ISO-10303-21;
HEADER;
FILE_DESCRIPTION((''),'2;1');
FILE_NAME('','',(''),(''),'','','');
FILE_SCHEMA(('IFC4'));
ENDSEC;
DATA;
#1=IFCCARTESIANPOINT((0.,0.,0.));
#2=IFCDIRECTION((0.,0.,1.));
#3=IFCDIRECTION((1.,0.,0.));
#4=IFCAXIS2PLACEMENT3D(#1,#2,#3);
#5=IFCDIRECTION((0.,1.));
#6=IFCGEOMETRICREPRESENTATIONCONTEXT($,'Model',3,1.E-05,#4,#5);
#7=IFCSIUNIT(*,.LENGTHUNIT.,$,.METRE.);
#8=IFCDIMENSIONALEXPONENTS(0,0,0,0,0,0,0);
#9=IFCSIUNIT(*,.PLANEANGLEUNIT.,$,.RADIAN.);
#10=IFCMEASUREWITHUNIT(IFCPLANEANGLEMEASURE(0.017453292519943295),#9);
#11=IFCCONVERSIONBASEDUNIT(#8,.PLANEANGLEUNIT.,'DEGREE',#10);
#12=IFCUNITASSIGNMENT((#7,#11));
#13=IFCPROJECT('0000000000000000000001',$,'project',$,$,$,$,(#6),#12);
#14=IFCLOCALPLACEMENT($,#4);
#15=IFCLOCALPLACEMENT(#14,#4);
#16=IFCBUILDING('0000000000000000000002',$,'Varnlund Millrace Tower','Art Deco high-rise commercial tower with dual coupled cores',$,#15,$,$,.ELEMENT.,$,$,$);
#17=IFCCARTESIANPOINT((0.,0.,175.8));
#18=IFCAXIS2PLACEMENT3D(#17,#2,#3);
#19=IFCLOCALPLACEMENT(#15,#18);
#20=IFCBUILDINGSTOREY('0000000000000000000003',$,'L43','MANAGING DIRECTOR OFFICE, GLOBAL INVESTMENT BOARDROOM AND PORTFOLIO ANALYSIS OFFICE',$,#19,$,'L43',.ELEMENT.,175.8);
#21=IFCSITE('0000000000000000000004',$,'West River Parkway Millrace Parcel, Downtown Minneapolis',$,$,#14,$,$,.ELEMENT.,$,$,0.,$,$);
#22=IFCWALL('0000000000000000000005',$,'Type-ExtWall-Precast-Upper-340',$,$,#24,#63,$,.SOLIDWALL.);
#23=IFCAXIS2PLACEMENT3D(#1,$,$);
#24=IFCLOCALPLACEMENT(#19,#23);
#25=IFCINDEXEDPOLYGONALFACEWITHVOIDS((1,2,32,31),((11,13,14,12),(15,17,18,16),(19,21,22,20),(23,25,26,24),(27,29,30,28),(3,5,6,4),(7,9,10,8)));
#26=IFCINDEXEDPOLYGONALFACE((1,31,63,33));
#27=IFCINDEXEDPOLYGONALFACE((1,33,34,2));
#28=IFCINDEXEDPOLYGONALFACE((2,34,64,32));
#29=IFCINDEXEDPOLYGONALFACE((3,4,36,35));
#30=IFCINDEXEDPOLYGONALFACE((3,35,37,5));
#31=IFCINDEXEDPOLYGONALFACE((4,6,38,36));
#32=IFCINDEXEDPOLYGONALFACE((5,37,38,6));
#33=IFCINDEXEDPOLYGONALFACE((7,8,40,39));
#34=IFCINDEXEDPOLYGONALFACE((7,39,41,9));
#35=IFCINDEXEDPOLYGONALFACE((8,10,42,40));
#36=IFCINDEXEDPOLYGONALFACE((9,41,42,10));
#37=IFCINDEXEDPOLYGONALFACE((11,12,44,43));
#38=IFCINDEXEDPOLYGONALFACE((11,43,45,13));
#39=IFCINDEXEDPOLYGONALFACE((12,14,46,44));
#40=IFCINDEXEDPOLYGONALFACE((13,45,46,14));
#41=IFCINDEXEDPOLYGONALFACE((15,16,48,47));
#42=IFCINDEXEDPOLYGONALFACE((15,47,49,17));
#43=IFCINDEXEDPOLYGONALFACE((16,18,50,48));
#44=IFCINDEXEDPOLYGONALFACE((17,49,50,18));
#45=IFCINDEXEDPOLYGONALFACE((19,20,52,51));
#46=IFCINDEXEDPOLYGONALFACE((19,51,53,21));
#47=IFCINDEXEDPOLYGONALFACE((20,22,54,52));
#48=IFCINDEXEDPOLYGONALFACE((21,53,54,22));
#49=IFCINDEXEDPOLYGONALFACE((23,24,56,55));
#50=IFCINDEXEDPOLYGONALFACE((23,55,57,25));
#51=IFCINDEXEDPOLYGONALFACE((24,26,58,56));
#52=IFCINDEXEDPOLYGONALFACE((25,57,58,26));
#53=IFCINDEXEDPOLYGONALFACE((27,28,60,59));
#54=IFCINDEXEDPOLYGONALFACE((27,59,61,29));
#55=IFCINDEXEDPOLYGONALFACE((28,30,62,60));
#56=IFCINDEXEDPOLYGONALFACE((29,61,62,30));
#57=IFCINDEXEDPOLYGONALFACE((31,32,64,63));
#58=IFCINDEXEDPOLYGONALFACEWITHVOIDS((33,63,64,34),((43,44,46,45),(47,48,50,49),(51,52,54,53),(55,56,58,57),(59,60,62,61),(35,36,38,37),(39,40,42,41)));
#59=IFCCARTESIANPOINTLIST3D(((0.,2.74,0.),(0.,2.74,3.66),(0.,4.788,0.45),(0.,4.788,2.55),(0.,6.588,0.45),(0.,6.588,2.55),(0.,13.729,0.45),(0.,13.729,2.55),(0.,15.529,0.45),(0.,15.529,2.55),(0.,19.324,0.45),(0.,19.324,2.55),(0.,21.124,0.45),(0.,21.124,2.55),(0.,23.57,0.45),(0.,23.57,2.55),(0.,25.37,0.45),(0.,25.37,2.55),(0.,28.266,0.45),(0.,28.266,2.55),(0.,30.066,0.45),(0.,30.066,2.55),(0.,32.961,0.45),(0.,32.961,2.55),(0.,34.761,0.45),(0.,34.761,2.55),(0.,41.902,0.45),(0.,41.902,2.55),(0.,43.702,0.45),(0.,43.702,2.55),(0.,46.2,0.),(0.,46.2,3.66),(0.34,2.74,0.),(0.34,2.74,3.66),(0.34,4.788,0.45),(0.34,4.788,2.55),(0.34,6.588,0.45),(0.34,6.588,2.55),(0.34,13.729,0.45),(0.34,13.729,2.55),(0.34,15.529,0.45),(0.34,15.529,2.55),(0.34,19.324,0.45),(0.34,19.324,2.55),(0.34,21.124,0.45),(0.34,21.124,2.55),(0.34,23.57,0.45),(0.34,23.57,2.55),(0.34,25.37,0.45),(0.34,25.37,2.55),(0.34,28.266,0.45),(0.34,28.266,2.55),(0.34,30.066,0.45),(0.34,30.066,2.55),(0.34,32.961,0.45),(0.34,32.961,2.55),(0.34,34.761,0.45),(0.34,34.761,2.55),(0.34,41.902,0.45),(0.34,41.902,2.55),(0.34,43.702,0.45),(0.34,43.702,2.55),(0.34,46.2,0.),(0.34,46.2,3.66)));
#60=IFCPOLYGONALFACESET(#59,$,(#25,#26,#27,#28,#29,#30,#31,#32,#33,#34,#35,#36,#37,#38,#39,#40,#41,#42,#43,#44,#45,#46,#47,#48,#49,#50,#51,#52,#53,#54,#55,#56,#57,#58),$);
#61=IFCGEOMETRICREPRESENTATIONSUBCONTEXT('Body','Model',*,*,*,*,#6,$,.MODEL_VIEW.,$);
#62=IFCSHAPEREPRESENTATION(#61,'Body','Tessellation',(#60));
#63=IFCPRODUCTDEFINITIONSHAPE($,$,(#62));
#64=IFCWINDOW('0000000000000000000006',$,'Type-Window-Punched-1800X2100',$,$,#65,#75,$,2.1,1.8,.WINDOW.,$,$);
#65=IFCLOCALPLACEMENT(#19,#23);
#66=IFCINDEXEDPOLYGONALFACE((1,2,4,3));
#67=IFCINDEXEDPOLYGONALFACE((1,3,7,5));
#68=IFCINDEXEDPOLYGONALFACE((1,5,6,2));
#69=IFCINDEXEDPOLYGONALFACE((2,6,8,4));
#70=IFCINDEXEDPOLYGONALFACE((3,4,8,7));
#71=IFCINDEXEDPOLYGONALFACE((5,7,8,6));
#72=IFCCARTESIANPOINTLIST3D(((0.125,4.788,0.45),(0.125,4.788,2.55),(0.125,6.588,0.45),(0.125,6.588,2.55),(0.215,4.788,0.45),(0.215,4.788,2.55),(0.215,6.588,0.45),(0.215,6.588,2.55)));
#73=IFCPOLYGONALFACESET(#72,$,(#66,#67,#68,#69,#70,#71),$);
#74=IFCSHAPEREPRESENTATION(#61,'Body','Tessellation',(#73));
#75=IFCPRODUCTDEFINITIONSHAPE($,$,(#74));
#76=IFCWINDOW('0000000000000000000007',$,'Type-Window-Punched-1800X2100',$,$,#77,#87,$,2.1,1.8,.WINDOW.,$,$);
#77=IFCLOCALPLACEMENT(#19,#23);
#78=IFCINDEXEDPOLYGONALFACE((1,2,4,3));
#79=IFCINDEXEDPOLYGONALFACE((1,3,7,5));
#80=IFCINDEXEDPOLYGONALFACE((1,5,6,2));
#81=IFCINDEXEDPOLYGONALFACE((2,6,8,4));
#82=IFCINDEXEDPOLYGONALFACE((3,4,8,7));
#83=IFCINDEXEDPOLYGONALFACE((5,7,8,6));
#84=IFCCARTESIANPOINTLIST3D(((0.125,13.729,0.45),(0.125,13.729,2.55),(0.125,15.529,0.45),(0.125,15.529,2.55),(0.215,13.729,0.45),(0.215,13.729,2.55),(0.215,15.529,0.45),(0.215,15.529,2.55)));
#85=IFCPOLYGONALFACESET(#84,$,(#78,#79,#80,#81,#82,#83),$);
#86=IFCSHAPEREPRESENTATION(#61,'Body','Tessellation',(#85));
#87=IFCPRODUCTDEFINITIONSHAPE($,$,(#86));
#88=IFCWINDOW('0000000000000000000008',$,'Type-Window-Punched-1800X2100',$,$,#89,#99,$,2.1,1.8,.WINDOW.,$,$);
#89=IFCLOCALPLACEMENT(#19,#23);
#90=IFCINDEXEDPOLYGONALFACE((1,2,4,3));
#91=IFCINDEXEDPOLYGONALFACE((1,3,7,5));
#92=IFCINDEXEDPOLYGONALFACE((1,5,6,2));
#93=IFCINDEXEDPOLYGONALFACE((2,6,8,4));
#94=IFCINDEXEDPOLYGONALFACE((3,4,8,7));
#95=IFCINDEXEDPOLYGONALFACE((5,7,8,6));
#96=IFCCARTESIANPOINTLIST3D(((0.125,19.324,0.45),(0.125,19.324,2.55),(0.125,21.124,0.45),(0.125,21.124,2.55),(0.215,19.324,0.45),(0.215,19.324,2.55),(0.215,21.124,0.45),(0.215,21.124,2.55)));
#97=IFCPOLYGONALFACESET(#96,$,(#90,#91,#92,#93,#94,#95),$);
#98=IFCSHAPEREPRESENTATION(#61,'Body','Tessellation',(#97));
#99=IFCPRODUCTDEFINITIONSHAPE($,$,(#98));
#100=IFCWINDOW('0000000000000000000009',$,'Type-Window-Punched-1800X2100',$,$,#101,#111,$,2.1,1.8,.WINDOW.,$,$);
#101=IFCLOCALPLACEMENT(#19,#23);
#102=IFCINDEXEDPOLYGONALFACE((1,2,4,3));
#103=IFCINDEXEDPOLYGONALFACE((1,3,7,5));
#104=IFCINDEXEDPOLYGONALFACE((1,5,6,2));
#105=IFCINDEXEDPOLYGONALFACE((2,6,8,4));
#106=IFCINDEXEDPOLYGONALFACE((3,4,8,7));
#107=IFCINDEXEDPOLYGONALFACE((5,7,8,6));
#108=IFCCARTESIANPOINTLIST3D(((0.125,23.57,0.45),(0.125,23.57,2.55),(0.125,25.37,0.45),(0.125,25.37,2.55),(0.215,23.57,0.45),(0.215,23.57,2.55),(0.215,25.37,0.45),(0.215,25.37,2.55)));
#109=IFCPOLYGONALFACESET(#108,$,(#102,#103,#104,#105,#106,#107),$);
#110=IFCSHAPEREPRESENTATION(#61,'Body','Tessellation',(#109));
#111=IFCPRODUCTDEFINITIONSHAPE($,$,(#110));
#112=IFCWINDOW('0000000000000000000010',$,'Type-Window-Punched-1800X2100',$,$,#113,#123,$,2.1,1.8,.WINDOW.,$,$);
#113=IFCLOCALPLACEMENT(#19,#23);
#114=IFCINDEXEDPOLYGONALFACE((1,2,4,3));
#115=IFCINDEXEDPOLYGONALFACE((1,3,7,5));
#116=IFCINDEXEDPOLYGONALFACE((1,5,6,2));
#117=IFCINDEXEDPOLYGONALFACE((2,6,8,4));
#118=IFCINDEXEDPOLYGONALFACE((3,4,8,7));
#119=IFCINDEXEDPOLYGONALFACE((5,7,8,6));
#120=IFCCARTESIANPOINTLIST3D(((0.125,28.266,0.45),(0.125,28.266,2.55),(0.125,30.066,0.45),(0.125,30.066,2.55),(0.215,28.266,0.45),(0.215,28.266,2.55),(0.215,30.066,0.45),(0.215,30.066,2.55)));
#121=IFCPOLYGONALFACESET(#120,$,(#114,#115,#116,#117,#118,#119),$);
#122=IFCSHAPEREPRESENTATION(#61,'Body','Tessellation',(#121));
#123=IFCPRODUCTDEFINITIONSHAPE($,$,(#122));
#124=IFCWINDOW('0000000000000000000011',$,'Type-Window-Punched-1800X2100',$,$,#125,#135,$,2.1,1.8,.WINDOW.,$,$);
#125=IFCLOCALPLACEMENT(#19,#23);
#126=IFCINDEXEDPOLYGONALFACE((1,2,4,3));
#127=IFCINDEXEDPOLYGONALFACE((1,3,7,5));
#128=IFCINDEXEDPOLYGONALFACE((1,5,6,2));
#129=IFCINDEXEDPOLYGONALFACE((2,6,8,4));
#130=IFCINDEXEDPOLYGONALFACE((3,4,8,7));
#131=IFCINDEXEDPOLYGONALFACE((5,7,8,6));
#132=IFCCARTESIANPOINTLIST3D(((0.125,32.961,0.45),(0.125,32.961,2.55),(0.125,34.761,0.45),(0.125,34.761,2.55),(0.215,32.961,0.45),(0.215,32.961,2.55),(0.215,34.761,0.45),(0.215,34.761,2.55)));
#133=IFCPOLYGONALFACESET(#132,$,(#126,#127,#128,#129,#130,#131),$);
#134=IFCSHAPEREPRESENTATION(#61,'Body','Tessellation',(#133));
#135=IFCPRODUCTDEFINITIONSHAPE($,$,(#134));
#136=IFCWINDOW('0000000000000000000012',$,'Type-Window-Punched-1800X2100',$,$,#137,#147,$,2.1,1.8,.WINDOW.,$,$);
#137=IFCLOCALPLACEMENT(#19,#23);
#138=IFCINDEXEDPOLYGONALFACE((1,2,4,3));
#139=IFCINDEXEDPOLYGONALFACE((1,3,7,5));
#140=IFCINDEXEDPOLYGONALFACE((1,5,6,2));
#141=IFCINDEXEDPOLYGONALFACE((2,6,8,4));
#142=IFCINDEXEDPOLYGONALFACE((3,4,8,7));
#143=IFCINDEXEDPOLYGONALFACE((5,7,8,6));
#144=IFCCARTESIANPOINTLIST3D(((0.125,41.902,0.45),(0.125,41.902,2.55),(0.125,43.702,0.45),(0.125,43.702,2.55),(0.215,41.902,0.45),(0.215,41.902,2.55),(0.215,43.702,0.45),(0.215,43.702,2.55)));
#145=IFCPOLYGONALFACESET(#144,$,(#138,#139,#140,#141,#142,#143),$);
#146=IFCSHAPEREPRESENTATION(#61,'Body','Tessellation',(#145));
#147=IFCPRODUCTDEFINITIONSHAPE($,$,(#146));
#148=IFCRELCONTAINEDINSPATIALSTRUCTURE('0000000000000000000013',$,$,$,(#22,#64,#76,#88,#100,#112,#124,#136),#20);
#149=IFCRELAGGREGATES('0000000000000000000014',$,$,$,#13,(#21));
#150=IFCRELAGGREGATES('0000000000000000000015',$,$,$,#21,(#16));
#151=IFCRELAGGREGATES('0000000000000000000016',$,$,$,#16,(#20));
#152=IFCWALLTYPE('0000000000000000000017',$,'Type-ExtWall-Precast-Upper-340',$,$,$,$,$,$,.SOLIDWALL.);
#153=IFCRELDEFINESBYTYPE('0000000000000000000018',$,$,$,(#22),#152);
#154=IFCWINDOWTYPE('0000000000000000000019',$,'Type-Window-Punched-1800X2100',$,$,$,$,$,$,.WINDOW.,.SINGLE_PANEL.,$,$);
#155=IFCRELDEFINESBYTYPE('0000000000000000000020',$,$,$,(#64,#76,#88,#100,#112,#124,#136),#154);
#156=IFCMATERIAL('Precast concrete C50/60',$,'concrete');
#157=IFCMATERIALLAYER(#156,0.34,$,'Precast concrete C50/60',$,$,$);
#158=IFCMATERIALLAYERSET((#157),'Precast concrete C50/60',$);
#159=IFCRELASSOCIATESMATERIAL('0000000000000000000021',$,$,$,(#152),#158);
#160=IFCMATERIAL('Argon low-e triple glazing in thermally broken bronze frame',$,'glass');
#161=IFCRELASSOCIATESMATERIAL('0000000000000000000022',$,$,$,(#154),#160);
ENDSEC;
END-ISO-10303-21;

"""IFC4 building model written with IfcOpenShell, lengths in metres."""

from ifc_helpers import new_model, entity, si_unit, converted_unit, direction, frame, origin_with_axes, origin_2d_with_axis, place, context, subcontext, project, spatial, polyline, rectangle, outline, extrude, material, layer, layer_set, type_object, element, fill, save


model = new_model("IFC4")

# Units and contexts
model_context = context("Model", 3, precision=1e-05, world=origin_with_axes(), true_north=direction((0.0, 1.0)))
body_context = subcontext(model_context, "Body", "Model", "MODEL_VIEW")
ifc_project = project(units=[si_unit("LENGTHUNIT", "METRE"), converted_unit("PLANEANGLEUNIT", "DEGREE", entity("IfcPlaneAngleMeasure", 0.017453292519943295), si_unit("PLANEANGLEUNIT", "RADIAN"), dimensions=[0, 0, 0, 0, 0, 0, 0])], contexts=[model_context])

# Site, building, storey
site_placement = place(None, origin_with_axes())
site = spatial("IfcSite", under=ifc_project, at=site_placement, Name="West River Parkway Millrace Parcel, Downtown Minneapolis", CompositionType="ELEMENT", RefElevation=0.0)
building_placement = place(site_placement, origin_with_axes())
building = spatial("IfcBuilding", under=site, at=building_placement, Name="Varnlund Millrace Tower", Description="Art Deco high-rise commercial tower with dual coupled cores", CompositionType="ELEMENT")
storey_placement = place(building_placement, frame((0.0, 0.0, 175.8), z_axis=(0.0, 0.0, 1.0), x_axis=(1.0, 0.0, 0.0)))
storey = spatial("IfcBuildingStorey", under=building, at=storey_placement, Name="L43", Description="MANAGING DIRECTOR OFFICE, GLOBAL INVESTMENT BOARDROOM AND PORTFOLIO ANALYSIS OFFICE", LongName="L43", CompositionType="ELEMENT", Elevation=175.8)

# Shared definitions
ifc_material_1 = material(Name="Precast concrete C50/60", Category="concrete")
ifc_layer_1 = layer(ifc_material_1, 0.34, Name="Precast concrete C50/60")
ifc_layer_set_1 = layer_set([ifc_layer_1], Name="Precast concrete C50/60")
wall_type = type_object("IfcWallType", Name="Type-ExtWall-Precast-Upper-340", PredefinedType="SOLIDWALL", material=ifc_layer_set_1)

# Wall, openings, windows
wall_1_placement = place(storey_placement, frame((0.17, 2.74, 0.0), z_axis=(0.0, 0.0, 1.0), x_axis=(0.0, 1.0, 0.0)))
wall_1 = element("IfcWall", 1, at=wall_1_placement, inside=storey, type_object=wall_type, Name="Type-ExtWall-Precast-Upper-340", PredefinedType="SOLIDWALL", context=body_context, shape_type="SweptSolid", body=[
    extrude(outline(polyline([(0.0, -0.17), (43.46, -0.17), (43.46, 0.17), (0.0, 0.17), (0.0, -0.17)])), origin_with_axes(), (0.0, 0.0, 1.0), 3.66),
])
opening_1_placement = place(wall_1_placement, frame((2.948, 0.0, 0.45), z_axis=(0.0, 0.0, 1.0), x_axis=(1.0, 0.0, 0.0)))
opening_1 = element("IfcOpeningElement", 2, at=opening_1_placement, cuts=wall_1, PredefinedType="OPENING", context=body_context, shape_type="SweptSolid", body=[
    extrude(rectangle(XDim=1.8, YDim=0.36, at=origin_2d_with_axis()), origin_with_axes(), (0.0, 0.0, 1.0), 2.1),
])
opening_2_placement = place(wall_1_placement, frame((11.889, 0.0, 0.45), z_axis=(0.0, 0.0, 1.0), x_axis=(1.0, 0.0, 0.0)))
opening_2 = element("IfcOpeningElement", 3, at=opening_2_placement, cuts=wall_1, PredefinedType="OPENING", context=body_context, shape_type="SweptSolid", body=[
    extrude(rectangle(XDim=1.8, YDim=0.36, at=origin_2d_with_axis()), origin_with_axes(), (0.0, 0.0, 1.0), 2.1),
])
opening_3_placement = place(wall_1_placement, frame((17.484, 0.0, 0.45), z_axis=(0.0, 0.0, 1.0), x_axis=(1.0, 0.0, 0.0)))
opening_3 = element("IfcOpeningElement", 4, at=opening_3_placement, cuts=wall_1, PredefinedType="OPENING", context=body_context, shape_type="SweptSolid", body=[
    extrude(rectangle(XDim=1.8, YDim=0.36, at=origin_2d_with_axis()), origin_with_axes(), (0.0, 0.0, 1.0), 2.1),
])
opening_4_placement = place(wall_1_placement, frame((21.73, 0.0, 0.45), z_axis=(0.0, 0.0, 1.0), x_axis=(1.0, 0.0, 0.0)))
opening_4 = element("IfcOpeningElement", 5, at=opening_4_placement, cuts=wall_1, PredefinedType="OPENING", context=body_context, shape_type="SweptSolid", body=[
    extrude(rectangle(XDim=1.8, YDim=0.36, at=origin_2d_with_axis()), origin_with_axes(), (0.0, 0.0, 1.0), 2.1),
])
opening_5_placement = place(wall_1_placement, frame((26.426, 0.0, 0.45), z_axis=(0.0, 0.0, 1.0), x_axis=(1.0, 0.0, 0.0)))
opening_5 = element("IfcOpeningElement", 6, at=opening_5_placement, cuts=wall_1, PredefinedType="OPENING", context=body_context, shape_type="SweptSolid", body=[
    extrude(rectangle(XDim=1.8, YDim=0.36, at=origin_2d_with_axis()), origin_with_axes(), (0.0, 0.0, 1.0), 2.1),
])
opening_6_placement = place(wall_1_placement, frame((31.121, 0.0, 0.45), z_axis=(0.0, 0.0, 1.0), x_axis=(1.0, 0.0, 0.0)))
opening_6 = element("IfcOpeningElement", 7, at=opening_6_placement, cuts=wall_1, PredefinedType="OPENING", context=body_context, shape_type="SweptSolid", body=[
    extrude(rectangle(XDim=1.8, YDim=0.36, at=origin_2d_with_axis()), origin_with_axes(), (0.0, 0.0, 1.0), 2.1),
])
opening_7_placement = place(wall_1_placement, frame((40.062, 0.0, 0.45), z_axis=(0.0, 0.0, 1.0), x_axis=(1.0, 0.0, 0.0)))
opening_7 = element("IfcOpeningElement", 8, at=opening_7_placement, cuts=wall_1, PredefinedType="OPENING", context=body_context, shape_type="SweptSolid", body=[
    extrude(rectangle(XDim=1.8, YDim=0.36, at=origin_2d_with_axis()), origin_with_axes(), (0.0, 0.0, 1.0), 2.1),
])
ifc_material_2 = material(Name="Argon low-e triple glazing in thermally broken bronze frame", Category="glass")
window_type = type_object("IfcWindowType", Name="Type-Window-Punched-1800X2100", PartitioningType="SINGLE_PANEL", PredefinedType="WINDOW", material=ifc_material_2)
window_1_placement = place(wall_1_placement, frame((2.948, 0.0, 0.45), z_axis=(0.0, 0.0, 1.0), x_axis=(1.0, 0.0, 0.0)))
window_1 = element("IfcWindow", 9, at=window_1_placement, inside=storey, type_object=window_type, Name="Type-Window-Punched-1800X2100", OverallHeight=2.1, OverallWidth=1.8, PredefinedType="WINDOW", context=body_context, shape_type="SweptSolid", body=[
    extrude(rectangle(XDim=1.8, YDim=0.09, at=origin_2d_with_axis()), origin_with_axes(), (0.0, 0.0, 1.0), 2.1),
])
fill(opening_1, window_1)
window_2_placement = place(wall_1_placement, frame((11.889, 0.0, 0.45), z_axis=(0.0, 0.0, 1.0), x_axis=(1.0, 0.0, 0.0)))
window_2 = element("IfcWindow", 10, at=window_2_placement, inside=storey, type_object=window_type, Name="Type-Window-Punched-1800X2100", OverallHeight=2.1, OverallWidth=1.8, PredefinedType="WINDOW", context=body_context, shape_type="SweptSolid", body=[
    extrude(rectangle(XDim=1.8, YDim=0.09, at=origin_2d_with_axis()), origin_with_axes(), (0.0, 0.0, 1.0), 2.1),
])
fill(opening_2, window_2)
window_3_placement = place(wall_1_placement, frame((17.484, 0.0, 0.45), z_axis=(0.0, 0.0, 1.0), x_axis=(1.0, 0.0, 0.0)))
window_3 = element("IfcWindow", 11, at=window_3_placement, inside=storey, type_object=window_type, Name="Type-Window-Punched-1800X2100", OverallHeight=2.1, OverallWidth=1.8, PredefinedType="WINDOW", context=body_context, shape_type="SweptSolid", body=[
    extrude(rectangle(XDim=1.8, YDim=0.09, at=origin_2d_with_axis()), origin_with_axes(), (0.0, 0.0, 1.0), 2.1),
])
fill(opening_3, window_3)
window_4_placement = place(wall_1_placement, frame((21.73, 0.0, 0.45), z_axis=(0.0, 0.0, 1.0), x_axis=(1.0, 0.0, 0.0)))
window_4 = element("IfcWindow", 12, at=window_4_placement, inside=storey, type_object=window_type, Name="Type-Window-Punched-1800X2100", OverallHeight=2.1, OverallWidth=1.8, PredefinedType="WINDOW", context=body_context, shape_type="SweptSolid", body=[
    extrude(rectangle(XDim=1.8, YDim=0.09, at=origin_2d_with_axis()), origin_with_axes(), (0.0, 0.0, 1.0), 2.1),
])
fill(opening_4, window_4)
window_5_placement = place(wall_1_placement, frame((26.426, 0.0, 0.45), z_axis=(0.0, 0.0, 1.0), x_axis=(1.0, 0.0, 0.0)))
window_5 = element("IfcWindow", 13, at=window_5_placement, inside=storey, type_object=window_type, Name="Type-Window-Punched-1800X2100", OverallHeight=2.1, OverallWidth=1.8, PredefinedType="WINDOW", context=body_context, shape_type="SweptSolid", body=[
    extrude(rectangle(XDim=1.8, YDim=0.09, at=origin_2d_with_axis()), origin_with_axes(), (0.0, 0.0, 1.0), 2.1),
])
fill(opening_5, window_5)
window_6_placement = place(wall_1_placement, frame((31.121, 0.0, 0.45), z_axis=(0.0, 0.0, 1.0), x_axis=(1.0, 0.0, 0.0)))
window_6 = element("IfcWindow", 14, at=window_6_placement, inside=storey, type_object=window_type, Name="Type-Window-Punched-1800X2100", OverallHeight=2.1, OverallWidth=1.8, PredefinedType="WINDOW", context=body_context, shape_type="SweptSolid", body=[
    extrude(rectangle(XDim=1.8, YDim=0.09, at=origin_2d_with_axis()), origin_with_axes(), (0.0, 0.0, 1.0), 2.1),
])
fill(opening_6, window_6)
window_7_placement = place(wall_1_placement, frame((40.062, 0.0, 0.45), z_axis=(0.0, 0.0, 1.0), x_axis=(1.0, 0.0, 0.0)))
window_7 = element("IfcWindow", 15, at=window_7_placement, inside=storey, type_object=window_type, Name="Type-Window-Punched-1800X2100", OverallHeight=2.1, OverallWidth=1.8, PredefinedType="WINDOW", context=body_context, shape_type="SweptSolid", body=[
    extrude(rectangle(XDim=1.8, YDim=0.09, at=origin_2d_with_axis()), origin_with_axes(), (0.0, 0.0, 1.0), 2.1),
])
fill(opening_7, window_7)

save(model, "model.ifc")
